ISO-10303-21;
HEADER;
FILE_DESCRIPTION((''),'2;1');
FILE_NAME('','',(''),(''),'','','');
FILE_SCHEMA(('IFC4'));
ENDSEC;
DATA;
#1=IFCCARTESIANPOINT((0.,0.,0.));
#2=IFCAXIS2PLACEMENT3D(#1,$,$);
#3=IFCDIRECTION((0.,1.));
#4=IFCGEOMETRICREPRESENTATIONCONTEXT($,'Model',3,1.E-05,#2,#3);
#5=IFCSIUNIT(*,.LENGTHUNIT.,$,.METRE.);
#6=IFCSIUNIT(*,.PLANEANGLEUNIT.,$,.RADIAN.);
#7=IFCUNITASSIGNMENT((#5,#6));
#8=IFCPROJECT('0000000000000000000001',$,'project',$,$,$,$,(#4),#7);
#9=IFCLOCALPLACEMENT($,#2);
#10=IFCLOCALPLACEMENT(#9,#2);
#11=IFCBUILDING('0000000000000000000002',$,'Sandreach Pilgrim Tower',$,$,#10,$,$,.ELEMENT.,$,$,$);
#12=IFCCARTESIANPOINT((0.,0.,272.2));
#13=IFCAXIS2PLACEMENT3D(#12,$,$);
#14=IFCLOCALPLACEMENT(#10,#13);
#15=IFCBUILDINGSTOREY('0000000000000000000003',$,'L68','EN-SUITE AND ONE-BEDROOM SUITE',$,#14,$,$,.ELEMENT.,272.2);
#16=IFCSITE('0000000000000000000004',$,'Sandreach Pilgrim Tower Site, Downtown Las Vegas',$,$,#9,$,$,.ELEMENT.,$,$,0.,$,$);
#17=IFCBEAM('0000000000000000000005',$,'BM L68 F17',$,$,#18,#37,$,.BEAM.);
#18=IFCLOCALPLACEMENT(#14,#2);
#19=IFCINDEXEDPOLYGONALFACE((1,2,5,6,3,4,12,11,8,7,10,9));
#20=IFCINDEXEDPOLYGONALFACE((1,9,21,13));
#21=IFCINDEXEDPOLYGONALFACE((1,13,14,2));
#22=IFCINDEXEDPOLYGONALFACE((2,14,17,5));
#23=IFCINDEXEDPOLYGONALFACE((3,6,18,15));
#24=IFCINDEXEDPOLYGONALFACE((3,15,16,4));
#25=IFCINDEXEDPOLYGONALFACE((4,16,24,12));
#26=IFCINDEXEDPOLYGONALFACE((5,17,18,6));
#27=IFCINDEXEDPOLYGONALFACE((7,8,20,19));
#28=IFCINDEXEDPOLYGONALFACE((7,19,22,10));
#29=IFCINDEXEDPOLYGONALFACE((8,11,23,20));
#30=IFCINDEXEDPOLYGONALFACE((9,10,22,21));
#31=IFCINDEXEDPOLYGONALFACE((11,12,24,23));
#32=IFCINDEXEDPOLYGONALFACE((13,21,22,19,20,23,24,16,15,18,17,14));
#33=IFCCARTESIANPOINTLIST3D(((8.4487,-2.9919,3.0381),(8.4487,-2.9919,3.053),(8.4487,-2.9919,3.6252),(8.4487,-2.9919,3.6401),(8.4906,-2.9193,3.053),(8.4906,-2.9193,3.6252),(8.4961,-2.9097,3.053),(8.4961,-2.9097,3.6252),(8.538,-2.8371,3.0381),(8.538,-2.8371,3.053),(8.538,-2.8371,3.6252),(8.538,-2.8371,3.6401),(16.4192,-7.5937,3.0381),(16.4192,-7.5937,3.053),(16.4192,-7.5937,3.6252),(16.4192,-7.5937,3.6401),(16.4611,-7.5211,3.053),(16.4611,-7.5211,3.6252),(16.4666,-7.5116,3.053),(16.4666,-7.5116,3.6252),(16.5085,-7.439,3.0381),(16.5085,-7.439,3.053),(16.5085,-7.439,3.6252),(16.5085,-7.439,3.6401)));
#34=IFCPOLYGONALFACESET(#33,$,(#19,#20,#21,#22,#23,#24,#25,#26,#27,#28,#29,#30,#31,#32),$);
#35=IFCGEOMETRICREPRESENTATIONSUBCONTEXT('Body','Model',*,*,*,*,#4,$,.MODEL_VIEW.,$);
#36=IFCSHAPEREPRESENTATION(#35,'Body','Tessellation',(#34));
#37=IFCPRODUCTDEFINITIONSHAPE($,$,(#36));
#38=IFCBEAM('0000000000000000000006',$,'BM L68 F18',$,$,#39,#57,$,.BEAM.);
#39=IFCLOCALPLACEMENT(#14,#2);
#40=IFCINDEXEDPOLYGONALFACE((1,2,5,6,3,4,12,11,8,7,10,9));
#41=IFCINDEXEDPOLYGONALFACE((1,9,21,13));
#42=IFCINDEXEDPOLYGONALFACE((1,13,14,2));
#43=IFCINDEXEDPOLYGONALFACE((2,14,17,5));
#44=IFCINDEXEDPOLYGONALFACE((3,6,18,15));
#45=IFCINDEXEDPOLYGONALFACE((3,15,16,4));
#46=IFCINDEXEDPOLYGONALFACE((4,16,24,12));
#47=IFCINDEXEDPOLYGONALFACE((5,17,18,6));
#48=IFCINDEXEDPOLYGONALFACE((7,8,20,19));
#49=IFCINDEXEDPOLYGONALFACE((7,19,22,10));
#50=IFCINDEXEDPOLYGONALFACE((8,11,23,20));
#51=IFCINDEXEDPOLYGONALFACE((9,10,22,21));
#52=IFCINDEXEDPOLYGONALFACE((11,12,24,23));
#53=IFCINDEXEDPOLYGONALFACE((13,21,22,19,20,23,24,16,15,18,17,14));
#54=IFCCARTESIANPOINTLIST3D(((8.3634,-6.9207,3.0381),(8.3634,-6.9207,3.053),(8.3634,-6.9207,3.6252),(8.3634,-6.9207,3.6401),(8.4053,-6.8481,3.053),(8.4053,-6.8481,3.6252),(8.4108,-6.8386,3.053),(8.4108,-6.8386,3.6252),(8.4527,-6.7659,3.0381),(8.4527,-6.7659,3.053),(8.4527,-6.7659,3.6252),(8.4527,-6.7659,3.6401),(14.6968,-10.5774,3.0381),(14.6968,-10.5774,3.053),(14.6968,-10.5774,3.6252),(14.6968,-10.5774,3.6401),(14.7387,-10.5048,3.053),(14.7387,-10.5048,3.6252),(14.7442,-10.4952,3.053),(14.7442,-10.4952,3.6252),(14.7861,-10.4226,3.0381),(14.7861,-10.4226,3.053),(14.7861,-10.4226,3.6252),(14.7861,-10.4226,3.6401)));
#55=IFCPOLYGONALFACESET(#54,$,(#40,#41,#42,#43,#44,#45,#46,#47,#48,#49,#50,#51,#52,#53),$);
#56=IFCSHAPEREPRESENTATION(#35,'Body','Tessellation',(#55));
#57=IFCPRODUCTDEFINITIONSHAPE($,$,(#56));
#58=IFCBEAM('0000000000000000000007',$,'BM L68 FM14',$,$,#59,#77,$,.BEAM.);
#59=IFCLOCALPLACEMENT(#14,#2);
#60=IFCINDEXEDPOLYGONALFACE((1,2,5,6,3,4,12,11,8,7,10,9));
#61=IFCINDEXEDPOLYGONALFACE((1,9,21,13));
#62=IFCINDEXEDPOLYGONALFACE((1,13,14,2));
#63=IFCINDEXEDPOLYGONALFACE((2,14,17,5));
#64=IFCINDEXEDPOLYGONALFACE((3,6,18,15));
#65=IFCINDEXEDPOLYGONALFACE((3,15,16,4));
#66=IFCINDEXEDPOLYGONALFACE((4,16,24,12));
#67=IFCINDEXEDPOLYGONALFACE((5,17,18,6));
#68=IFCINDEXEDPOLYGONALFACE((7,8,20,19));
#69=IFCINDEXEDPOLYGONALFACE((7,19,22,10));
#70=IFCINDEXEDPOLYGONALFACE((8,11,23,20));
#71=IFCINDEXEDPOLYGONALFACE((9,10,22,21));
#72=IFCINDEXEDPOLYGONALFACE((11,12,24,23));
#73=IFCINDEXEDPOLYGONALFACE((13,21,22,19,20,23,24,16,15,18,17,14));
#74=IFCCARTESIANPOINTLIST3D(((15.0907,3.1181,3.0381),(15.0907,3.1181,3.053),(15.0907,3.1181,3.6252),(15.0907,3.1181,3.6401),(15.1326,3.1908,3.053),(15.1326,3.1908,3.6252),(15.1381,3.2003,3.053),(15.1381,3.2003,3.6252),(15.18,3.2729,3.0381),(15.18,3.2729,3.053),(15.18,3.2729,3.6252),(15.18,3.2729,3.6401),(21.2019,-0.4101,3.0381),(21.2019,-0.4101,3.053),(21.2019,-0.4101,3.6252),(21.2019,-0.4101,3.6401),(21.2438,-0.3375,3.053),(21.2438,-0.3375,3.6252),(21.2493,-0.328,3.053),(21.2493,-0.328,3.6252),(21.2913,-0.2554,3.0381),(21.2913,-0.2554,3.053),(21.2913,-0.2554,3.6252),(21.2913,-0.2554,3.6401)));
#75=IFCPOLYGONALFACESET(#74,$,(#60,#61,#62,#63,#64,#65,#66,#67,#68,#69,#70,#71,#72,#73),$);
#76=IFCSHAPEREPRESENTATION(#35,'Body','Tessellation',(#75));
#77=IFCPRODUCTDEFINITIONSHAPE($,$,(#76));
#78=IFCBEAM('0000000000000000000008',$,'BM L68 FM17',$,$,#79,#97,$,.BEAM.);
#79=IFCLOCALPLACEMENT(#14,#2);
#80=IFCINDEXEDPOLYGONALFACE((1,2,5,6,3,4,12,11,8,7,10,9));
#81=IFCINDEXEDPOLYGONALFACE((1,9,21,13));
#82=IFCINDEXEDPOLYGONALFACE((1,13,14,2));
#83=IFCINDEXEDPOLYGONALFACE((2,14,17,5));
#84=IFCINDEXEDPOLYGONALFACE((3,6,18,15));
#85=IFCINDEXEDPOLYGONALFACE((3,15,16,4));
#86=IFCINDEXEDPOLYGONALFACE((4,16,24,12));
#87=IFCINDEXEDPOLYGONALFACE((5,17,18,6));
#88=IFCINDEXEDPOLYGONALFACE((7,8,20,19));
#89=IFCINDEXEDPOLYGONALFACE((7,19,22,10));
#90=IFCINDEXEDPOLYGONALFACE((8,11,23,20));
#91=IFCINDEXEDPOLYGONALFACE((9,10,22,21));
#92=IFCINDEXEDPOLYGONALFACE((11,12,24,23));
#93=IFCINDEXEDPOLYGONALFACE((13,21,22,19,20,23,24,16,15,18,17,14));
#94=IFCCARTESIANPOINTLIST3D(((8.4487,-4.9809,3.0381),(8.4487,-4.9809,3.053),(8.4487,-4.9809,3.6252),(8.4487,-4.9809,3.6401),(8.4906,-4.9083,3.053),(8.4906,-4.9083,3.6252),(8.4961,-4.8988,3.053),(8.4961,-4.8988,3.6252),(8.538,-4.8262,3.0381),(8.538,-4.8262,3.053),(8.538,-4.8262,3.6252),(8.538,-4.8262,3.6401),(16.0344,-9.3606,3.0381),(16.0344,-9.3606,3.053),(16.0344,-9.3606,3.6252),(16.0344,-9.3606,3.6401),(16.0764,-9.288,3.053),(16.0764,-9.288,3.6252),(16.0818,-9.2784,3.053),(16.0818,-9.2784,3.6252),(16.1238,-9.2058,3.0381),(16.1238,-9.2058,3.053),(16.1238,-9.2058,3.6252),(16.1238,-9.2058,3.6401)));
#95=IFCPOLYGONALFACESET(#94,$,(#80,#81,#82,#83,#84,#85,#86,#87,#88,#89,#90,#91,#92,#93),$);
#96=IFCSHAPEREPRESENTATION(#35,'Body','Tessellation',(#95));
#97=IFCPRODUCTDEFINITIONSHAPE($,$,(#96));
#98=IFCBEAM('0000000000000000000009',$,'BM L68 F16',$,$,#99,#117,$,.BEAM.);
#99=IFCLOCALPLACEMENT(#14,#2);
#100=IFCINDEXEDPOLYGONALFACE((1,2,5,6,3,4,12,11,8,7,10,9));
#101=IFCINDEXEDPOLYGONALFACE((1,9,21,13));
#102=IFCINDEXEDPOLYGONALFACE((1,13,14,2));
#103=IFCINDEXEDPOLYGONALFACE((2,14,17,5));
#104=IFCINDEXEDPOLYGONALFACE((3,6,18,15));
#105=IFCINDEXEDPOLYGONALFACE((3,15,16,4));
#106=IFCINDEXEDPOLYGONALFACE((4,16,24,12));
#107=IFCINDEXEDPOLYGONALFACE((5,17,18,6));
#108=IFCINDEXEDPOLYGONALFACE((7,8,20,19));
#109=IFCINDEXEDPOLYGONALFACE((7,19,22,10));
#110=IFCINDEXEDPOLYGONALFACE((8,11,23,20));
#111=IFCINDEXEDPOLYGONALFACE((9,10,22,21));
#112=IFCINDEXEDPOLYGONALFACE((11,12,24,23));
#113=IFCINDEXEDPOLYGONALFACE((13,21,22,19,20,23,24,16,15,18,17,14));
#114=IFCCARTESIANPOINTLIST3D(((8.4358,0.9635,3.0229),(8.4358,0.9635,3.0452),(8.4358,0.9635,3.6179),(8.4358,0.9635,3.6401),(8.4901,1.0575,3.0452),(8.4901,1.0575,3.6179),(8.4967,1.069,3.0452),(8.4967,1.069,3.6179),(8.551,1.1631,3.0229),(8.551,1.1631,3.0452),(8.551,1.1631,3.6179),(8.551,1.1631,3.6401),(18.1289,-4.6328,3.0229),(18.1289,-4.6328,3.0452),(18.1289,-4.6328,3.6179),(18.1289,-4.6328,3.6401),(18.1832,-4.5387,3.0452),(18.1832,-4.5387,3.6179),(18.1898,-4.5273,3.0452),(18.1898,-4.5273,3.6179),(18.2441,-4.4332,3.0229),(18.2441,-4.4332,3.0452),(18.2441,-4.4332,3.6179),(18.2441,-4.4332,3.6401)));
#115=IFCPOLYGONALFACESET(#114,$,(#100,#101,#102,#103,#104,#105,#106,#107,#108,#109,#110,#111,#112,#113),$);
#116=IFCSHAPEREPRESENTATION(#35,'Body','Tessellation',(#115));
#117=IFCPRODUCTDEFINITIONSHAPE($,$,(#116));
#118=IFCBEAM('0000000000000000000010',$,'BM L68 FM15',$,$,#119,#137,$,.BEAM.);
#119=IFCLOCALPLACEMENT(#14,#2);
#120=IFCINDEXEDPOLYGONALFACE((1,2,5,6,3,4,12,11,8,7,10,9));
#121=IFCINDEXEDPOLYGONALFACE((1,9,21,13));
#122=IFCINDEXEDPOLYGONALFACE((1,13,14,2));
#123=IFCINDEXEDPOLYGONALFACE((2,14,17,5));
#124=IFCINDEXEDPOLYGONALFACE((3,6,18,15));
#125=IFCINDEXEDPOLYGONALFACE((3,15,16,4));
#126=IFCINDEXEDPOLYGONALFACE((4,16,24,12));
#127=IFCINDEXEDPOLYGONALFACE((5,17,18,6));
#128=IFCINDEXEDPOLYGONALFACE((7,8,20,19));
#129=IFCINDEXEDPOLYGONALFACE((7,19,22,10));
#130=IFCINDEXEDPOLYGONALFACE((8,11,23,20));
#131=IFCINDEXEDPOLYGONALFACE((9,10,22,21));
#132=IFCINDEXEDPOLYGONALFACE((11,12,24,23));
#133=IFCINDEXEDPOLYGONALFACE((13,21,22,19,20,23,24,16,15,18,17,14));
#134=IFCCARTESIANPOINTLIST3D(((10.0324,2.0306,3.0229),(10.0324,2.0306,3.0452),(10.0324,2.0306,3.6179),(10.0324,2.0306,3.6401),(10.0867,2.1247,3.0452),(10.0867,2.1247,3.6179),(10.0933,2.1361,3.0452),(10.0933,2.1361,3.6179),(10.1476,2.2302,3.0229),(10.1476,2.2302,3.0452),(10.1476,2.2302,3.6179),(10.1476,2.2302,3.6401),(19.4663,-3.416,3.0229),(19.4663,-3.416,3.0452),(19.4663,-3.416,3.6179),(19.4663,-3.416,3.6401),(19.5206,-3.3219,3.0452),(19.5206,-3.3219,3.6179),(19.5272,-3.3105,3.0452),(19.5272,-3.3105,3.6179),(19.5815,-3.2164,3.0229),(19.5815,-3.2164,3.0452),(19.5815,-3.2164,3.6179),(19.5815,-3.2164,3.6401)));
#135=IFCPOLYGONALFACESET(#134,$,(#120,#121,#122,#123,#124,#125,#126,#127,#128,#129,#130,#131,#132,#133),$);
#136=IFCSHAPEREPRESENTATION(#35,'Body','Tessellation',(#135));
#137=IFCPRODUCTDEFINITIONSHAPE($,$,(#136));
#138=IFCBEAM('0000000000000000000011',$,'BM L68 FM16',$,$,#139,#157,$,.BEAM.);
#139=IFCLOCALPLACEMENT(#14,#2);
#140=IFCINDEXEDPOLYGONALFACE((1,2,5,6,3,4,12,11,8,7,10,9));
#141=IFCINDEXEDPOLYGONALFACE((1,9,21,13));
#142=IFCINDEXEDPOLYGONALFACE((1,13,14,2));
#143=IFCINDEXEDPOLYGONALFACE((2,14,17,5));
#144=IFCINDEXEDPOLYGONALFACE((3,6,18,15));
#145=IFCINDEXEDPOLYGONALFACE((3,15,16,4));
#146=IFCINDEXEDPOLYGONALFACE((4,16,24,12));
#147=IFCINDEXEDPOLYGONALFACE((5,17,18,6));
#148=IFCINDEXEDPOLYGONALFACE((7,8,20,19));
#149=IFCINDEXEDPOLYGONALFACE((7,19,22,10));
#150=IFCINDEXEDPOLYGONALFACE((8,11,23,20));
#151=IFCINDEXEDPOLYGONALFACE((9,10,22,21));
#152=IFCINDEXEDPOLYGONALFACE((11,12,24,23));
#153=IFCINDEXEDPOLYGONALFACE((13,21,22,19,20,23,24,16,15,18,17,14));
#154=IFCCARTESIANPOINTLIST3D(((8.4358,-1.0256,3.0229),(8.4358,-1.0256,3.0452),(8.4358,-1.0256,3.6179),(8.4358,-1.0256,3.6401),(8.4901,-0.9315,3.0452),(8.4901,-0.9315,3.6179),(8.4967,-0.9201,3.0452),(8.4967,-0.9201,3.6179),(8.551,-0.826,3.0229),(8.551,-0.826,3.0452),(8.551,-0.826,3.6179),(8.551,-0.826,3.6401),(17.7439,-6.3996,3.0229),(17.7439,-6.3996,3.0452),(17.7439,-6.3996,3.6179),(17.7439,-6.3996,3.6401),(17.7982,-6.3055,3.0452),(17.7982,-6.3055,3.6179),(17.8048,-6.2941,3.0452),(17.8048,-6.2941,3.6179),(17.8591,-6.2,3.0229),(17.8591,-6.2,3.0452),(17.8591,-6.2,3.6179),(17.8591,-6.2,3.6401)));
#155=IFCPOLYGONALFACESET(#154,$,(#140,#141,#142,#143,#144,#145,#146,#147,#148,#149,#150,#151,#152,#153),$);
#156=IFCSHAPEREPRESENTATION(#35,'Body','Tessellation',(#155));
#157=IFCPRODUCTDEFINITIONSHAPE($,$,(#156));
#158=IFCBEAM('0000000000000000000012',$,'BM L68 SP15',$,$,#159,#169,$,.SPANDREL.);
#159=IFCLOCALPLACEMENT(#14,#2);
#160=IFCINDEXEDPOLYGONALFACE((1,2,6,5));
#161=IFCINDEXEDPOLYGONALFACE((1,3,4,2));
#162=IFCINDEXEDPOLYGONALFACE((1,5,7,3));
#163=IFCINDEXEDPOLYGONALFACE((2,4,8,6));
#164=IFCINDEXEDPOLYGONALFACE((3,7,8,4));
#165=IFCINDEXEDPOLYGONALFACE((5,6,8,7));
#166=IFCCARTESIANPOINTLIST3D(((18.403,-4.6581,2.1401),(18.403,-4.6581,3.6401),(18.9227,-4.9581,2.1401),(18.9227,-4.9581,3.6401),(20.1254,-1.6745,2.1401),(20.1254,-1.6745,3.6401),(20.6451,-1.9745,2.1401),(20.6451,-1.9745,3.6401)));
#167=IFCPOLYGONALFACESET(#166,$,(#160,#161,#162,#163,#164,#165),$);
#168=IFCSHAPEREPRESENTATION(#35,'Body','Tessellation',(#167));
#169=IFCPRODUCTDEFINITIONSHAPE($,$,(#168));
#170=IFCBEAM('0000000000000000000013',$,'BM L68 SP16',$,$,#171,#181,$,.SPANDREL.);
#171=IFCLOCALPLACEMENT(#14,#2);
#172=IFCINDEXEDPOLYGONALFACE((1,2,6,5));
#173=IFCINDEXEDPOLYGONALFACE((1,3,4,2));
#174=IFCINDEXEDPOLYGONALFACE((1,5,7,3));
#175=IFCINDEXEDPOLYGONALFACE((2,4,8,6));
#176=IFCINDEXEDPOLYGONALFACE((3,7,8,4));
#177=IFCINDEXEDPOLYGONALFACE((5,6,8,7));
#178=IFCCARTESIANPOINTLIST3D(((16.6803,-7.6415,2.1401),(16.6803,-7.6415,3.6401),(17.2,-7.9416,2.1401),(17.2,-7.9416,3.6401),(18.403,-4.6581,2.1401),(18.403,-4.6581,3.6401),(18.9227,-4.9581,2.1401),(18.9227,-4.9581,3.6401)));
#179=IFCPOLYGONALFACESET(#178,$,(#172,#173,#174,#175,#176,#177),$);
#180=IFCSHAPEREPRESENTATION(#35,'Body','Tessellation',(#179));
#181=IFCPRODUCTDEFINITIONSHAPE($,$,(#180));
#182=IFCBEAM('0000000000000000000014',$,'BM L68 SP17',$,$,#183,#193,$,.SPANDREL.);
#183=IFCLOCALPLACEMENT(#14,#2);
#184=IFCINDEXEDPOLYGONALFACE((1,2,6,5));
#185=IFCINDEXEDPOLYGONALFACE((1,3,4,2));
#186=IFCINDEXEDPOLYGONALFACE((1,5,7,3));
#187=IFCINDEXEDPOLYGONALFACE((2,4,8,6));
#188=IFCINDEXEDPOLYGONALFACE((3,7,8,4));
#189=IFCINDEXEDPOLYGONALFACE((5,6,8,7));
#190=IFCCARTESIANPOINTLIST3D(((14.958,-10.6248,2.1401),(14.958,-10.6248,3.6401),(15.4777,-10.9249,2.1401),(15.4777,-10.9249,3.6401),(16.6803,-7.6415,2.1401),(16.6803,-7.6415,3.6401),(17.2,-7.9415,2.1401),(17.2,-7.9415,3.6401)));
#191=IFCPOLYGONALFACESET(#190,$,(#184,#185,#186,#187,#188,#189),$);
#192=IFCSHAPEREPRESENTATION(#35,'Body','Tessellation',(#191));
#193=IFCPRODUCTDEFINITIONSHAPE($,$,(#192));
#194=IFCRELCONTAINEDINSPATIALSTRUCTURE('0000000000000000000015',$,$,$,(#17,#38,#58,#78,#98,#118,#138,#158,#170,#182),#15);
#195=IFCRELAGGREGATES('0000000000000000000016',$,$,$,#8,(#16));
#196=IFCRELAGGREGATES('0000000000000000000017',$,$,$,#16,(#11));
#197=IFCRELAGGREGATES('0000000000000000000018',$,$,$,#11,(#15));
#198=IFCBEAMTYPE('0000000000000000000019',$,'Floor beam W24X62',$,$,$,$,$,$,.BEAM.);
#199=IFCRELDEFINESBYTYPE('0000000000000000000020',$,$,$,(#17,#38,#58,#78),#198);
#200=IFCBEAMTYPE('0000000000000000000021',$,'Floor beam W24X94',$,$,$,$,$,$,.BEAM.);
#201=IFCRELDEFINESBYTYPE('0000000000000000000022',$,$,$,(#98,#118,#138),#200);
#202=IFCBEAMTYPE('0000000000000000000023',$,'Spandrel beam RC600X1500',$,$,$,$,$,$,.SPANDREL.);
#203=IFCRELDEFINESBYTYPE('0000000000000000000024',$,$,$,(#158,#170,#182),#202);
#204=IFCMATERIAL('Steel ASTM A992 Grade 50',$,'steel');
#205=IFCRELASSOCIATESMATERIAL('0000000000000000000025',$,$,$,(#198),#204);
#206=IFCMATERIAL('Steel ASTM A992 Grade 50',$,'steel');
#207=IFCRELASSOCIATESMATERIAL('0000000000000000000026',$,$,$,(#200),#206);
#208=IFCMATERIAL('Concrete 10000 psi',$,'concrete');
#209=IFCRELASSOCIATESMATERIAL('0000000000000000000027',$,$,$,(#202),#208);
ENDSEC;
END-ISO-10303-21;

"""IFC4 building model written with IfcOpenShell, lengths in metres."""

from ifc_helpers import new_model, si_unit, direction, frame, origin, origin_2d, place, context, subcontext, project, spatial, rectangle, i_section, extrude, material, material_profile, profile_set, type_object, element, save


model = new_model("IFC4")

# Units and contexts
model_context = context("Model", 3, precision=1e-05, world=origin(), true_north=direction((0.0, 1.0)))
body_context = subcontext(model_context, "Body", "Model", "MODEL_VIEW")
ifc_project = project(units=[si_unit("LENGTHUNIT", "METRE"), si_unit("PLANEANGLEUNIT", "RADIAN")], contexts=[model_context])

# Site, building, storey
site_placement = place(None, origin())
site = spatial("IfcSite", under=ifc_project, at=site_placement, Name="Sandreach Pilgrim Tower Site, Downtown Las Vegas", CompositionType="ELEMENT", RefElevation=0.0)
building_placement = place(site_placement, origin())
building = spatial("IfcBuilding", under=site, at=building_placement, Name="Sandreach Pilgrim Tower", CompositionType="ELEMENT")
storey_placement = place(building_placement, frame((0.0, 0.0, 272.2)))
storey = spatial("IfcBuildingStorey", under=building, at=storey_placement, Name="L68", Description="EN-SUITE AND ONE-BEDROOM SUITE", CompositionType="ELEMENT", Elevation=272.2)

# Beams
ifc_material_1 = material(Name="Steel ASTM A992 Grade 50", Category="steel")
ifc_material_profile_1 = material_profile(ifc_material_1, i_section(OverallWidth=0.1787, OverallDepth=0.6021, WebThickness=0.011, FlangeThickness=0.0149, at=origin_2d()), Name="W24X62")
ifc_profile_set_1 = profile_set([ifc_material_profile_1], Name="Steel ASTM A992 Grade 50")
beam_type_1 = type_object("IfcBeamType", Name="Floor beam W24X62", PredefinedType="BEAM", material=ifc_profile_set_1)
beam_1_placement = place(storey_placement, frame((16.4639, -7.5164, 3.3391), z_axis=(-0.866023, 0.500005, 0.0), x_axis=(-0.500005, -0.866023, 0.0)))
element("IfcBeam", 1, at=beam_1_placement, inside=storey, type_object=beam_type_1, Name="BM L68 F17", PredefinedType="BEAM", context=body_context, shape_type="SweptSolid", body=[
    extrude(i_section(OverallWidth=0.1787, OverallDepth=0.6021, WebThickness=0.011, FlangeThickness=0.0149, at=origin_2d()), origin(), (0.0, 0.0, 1.0), 9.2036),
])
beam_2_placement = place(storey_placement, frame((14.7415, -10.5, 3.3391), z_axis=(-0.86602, 0.500009, 0.0), x_axis=(-0.500009, -0.86602, 0.0)))
element("IfcBeam", 2, at=beam_2_placement, inside=storey, type_object=beam_type_1, Name="BM L68 F18", PredefinedType="BEAM", context=body_context, shape_type="SweptSolid", body=[
    extrude(i_section(OverallWidth=0.1787, OverallDepth=0.6021, WebThickness=0.011, FlangeThickness=0.0149, at=origin_2d()), origin(), (0.0, 0.0, 1.0), 7.3132),
])
beam_3_placement = place(storey_placement, frame((21.2466, -0.3328, 3.3391), z_axis=(-0.866029, 0.499994, 0.0), x_axis=(-0.499994, -0.866029, 0.0)))
element("IfcBeam", 3, at=beam_3_placement, inside=storey, type_object=beam_type_1, Name="BM L68 FM14", PredefinedType="BEAM", context=body_context, shape_type="SweptSolid", body=[
    extrude(i_section(OverallWidth=0.1787, OverallDepth=0.6021, WebThickness=0.011, FlangeThickness=0.0149, at=origin_2d()), origin(), (0.0, 0.0, 1.0), 7.0566),
])
beam_4_placement = place(storey_placement, frame((16.0791, -9.2832, 3.3391), z_axis=(-0.866024, 0.500003, 0.0), x_axis=(-0.500003, -0.866024, 0.0)))
element("IfcBeam", 4, at=beam_4_placement, inside=storey, type_object=beam_type_1, Name="BM L68 FM17", PredefinedType="BEAM", context=body_context, shape_type="SweptSolid", body=[
    extrude(i_section(OverallWidth=0.1787, OverallDepth=0.6021, WebThickness=0.011, FlangeThickness=0.0149, at=origin_2d()), origin(), (0.0, 0.0, 1.0), 8.7593),
])
ifc_material_2 = material(Name="Steel ASTM A992 Grade 50", Category="steel")
ifc_material_profile_2 = material_profile(ifc_material_2, i_section(OverallWidth=0.2305, OverallDepth=0.6172, WebThickness=0.0132, FlangeThickness=0.0222, at=origin_2d()), Name="W24X94")
ifc_profile_set_2 = profile_set([ifc_material_profile_2], Name="Steel ASTM A992 Grade 50")
beam_type_2 = type_object("IfcBeamType", Name="Floor beam W24X94", PredefinedType="BEAM", material=ifc_profile_set_2)
beam_5_placement = place(storey_placement, frame((18.1865, -4.533, 3.3315), z_axis=(-0.86603, 0.499991, 0.0), x_axis=(-0.499991, -0.86603, 0.0)))
element("IfcBeam", 5, at=beam_5_placement, inside=storey, type_object=beam_type_2, Name="BM L68 F16", PredefinedType="BEAM", context=body_context, shape_type="SweptSolid", body=[
    extrude(i_section(OverallWidth=0.2305, OverallDepth=0.6172, WebThickness=0.0132, FlangeThickness=0.0222, at=origin_2d()), origin(), (0.0, 0.0, 1.0), 11.1926),
])
beam_6_placement = place(storey_placement, frame((19.5239, -3.3162, 3.3315), z_axis=(-0.866029, 0.499993, 0.0), x_axis=(-0.499993, -0.866029, 0.0)))
element("IfcBeam", 6, at=beam_6_placement, inside=storey, type_object=beam_type_2, Name="BM L68 FM15", PredefinedType="BEAM", context=body_context, shape_type="SweptSolid", body=[
    extrude(i_section(OverallWidth=0.2305, OverallDepth=0.6172, WebThickness=0.0132, FlangeThickness=0.0222, at=origin_2d()), origin(), (0.0, 0.0, 1.0), 10.8933),
])
beam_7_placement = place(storey_placement, frame((17.8015, -6.2998, 3.3315), z_axis=(-0.866026, 0.499999, 0.0), x_axis=(-0.499999, -0.866026, 0.0)))
element("IfcBeam", 7, at=beam_7_placement, inside=storey, type_object=beam_type_2, Name="BM L68 FM16", PredefinedType="BEAM", context=body_context, shape_type="SweptSolid", body=[
    extrude(i_section(OverallWidth=0.2305, OverallDepth=0.6172, WebThickness=0.0132, FlangeThickness=0.0222, at=origin_2d()), origin(), (0.0, 0.0, 1.0), 10.748),
])
ifc_material_3 = material(Name="Concrete 10000 psi", Category="concrete")
ifc_material_profile_3 = material_profile(ifc_material_3, rectangle(XDim=0.6001, YDim=1.5, at=origin_2d()), Name="RC600X1500")
ifc_profile_set_3 = profile_set([ifc_material_profile_3], Name="Concrete 10000 psi")
beam_type_3 = type_object("IfcBeamType", Name="Spandrel beam RC600X1500", PredefinedType="SPANDREL", material=ifc_profile_set_3)
for number, where, z_axis, x_axis, name in (
    (8, (20.3853, -1.8245, 2.8901), (-0.499958, -0.86605, 0.0), (0.86605, -0.499958, 0.0), "BM L68 SP15"),
    (9, (18.6628, -4.8081, 2.8901), (-0.500041, -0.866001, 0.0), (0.866001, -0.500041, 0.0), "BM L68 SP16"),
):
    element("IfcBeam", number, at=place(storey_placement, frame(where, z_axis=z_axis, x_axis=x_axis)), inside=storey, type_object=beam_type_3, Name=name, PredefinedType="SPANDREL", context=body_context, shape_type="SweptSolid", body=[
        extrude(rectangle(XDim=0.6001, YDim=1.5, at=origin_2d()), origin(), (0.0, 0.0, 1.0), 3.4451),
    ])
beam_8_placement = place(storey_placement, frame((16.9402, -7.7915, 2.8901), z_axis=(-0.499988, -0.866032, 0.0), x_axis=(0.866032, -0.499988, 0.0)))
element("IfcBeam", 10, at=beam_8_placement, inside=storey, type_object=beam_type_3, Name="BM L68 SP17", PredefinedType="SPANDREL", context=body_context, shape_type="SweptSolid", body=[
    extrude(rectangle(XDim=0.6001, YDim=1.5, at=origin_2d()), origin(), (0.0, 0.0, 1.0), 3.4448),
])

save(model, "model.ifc")
